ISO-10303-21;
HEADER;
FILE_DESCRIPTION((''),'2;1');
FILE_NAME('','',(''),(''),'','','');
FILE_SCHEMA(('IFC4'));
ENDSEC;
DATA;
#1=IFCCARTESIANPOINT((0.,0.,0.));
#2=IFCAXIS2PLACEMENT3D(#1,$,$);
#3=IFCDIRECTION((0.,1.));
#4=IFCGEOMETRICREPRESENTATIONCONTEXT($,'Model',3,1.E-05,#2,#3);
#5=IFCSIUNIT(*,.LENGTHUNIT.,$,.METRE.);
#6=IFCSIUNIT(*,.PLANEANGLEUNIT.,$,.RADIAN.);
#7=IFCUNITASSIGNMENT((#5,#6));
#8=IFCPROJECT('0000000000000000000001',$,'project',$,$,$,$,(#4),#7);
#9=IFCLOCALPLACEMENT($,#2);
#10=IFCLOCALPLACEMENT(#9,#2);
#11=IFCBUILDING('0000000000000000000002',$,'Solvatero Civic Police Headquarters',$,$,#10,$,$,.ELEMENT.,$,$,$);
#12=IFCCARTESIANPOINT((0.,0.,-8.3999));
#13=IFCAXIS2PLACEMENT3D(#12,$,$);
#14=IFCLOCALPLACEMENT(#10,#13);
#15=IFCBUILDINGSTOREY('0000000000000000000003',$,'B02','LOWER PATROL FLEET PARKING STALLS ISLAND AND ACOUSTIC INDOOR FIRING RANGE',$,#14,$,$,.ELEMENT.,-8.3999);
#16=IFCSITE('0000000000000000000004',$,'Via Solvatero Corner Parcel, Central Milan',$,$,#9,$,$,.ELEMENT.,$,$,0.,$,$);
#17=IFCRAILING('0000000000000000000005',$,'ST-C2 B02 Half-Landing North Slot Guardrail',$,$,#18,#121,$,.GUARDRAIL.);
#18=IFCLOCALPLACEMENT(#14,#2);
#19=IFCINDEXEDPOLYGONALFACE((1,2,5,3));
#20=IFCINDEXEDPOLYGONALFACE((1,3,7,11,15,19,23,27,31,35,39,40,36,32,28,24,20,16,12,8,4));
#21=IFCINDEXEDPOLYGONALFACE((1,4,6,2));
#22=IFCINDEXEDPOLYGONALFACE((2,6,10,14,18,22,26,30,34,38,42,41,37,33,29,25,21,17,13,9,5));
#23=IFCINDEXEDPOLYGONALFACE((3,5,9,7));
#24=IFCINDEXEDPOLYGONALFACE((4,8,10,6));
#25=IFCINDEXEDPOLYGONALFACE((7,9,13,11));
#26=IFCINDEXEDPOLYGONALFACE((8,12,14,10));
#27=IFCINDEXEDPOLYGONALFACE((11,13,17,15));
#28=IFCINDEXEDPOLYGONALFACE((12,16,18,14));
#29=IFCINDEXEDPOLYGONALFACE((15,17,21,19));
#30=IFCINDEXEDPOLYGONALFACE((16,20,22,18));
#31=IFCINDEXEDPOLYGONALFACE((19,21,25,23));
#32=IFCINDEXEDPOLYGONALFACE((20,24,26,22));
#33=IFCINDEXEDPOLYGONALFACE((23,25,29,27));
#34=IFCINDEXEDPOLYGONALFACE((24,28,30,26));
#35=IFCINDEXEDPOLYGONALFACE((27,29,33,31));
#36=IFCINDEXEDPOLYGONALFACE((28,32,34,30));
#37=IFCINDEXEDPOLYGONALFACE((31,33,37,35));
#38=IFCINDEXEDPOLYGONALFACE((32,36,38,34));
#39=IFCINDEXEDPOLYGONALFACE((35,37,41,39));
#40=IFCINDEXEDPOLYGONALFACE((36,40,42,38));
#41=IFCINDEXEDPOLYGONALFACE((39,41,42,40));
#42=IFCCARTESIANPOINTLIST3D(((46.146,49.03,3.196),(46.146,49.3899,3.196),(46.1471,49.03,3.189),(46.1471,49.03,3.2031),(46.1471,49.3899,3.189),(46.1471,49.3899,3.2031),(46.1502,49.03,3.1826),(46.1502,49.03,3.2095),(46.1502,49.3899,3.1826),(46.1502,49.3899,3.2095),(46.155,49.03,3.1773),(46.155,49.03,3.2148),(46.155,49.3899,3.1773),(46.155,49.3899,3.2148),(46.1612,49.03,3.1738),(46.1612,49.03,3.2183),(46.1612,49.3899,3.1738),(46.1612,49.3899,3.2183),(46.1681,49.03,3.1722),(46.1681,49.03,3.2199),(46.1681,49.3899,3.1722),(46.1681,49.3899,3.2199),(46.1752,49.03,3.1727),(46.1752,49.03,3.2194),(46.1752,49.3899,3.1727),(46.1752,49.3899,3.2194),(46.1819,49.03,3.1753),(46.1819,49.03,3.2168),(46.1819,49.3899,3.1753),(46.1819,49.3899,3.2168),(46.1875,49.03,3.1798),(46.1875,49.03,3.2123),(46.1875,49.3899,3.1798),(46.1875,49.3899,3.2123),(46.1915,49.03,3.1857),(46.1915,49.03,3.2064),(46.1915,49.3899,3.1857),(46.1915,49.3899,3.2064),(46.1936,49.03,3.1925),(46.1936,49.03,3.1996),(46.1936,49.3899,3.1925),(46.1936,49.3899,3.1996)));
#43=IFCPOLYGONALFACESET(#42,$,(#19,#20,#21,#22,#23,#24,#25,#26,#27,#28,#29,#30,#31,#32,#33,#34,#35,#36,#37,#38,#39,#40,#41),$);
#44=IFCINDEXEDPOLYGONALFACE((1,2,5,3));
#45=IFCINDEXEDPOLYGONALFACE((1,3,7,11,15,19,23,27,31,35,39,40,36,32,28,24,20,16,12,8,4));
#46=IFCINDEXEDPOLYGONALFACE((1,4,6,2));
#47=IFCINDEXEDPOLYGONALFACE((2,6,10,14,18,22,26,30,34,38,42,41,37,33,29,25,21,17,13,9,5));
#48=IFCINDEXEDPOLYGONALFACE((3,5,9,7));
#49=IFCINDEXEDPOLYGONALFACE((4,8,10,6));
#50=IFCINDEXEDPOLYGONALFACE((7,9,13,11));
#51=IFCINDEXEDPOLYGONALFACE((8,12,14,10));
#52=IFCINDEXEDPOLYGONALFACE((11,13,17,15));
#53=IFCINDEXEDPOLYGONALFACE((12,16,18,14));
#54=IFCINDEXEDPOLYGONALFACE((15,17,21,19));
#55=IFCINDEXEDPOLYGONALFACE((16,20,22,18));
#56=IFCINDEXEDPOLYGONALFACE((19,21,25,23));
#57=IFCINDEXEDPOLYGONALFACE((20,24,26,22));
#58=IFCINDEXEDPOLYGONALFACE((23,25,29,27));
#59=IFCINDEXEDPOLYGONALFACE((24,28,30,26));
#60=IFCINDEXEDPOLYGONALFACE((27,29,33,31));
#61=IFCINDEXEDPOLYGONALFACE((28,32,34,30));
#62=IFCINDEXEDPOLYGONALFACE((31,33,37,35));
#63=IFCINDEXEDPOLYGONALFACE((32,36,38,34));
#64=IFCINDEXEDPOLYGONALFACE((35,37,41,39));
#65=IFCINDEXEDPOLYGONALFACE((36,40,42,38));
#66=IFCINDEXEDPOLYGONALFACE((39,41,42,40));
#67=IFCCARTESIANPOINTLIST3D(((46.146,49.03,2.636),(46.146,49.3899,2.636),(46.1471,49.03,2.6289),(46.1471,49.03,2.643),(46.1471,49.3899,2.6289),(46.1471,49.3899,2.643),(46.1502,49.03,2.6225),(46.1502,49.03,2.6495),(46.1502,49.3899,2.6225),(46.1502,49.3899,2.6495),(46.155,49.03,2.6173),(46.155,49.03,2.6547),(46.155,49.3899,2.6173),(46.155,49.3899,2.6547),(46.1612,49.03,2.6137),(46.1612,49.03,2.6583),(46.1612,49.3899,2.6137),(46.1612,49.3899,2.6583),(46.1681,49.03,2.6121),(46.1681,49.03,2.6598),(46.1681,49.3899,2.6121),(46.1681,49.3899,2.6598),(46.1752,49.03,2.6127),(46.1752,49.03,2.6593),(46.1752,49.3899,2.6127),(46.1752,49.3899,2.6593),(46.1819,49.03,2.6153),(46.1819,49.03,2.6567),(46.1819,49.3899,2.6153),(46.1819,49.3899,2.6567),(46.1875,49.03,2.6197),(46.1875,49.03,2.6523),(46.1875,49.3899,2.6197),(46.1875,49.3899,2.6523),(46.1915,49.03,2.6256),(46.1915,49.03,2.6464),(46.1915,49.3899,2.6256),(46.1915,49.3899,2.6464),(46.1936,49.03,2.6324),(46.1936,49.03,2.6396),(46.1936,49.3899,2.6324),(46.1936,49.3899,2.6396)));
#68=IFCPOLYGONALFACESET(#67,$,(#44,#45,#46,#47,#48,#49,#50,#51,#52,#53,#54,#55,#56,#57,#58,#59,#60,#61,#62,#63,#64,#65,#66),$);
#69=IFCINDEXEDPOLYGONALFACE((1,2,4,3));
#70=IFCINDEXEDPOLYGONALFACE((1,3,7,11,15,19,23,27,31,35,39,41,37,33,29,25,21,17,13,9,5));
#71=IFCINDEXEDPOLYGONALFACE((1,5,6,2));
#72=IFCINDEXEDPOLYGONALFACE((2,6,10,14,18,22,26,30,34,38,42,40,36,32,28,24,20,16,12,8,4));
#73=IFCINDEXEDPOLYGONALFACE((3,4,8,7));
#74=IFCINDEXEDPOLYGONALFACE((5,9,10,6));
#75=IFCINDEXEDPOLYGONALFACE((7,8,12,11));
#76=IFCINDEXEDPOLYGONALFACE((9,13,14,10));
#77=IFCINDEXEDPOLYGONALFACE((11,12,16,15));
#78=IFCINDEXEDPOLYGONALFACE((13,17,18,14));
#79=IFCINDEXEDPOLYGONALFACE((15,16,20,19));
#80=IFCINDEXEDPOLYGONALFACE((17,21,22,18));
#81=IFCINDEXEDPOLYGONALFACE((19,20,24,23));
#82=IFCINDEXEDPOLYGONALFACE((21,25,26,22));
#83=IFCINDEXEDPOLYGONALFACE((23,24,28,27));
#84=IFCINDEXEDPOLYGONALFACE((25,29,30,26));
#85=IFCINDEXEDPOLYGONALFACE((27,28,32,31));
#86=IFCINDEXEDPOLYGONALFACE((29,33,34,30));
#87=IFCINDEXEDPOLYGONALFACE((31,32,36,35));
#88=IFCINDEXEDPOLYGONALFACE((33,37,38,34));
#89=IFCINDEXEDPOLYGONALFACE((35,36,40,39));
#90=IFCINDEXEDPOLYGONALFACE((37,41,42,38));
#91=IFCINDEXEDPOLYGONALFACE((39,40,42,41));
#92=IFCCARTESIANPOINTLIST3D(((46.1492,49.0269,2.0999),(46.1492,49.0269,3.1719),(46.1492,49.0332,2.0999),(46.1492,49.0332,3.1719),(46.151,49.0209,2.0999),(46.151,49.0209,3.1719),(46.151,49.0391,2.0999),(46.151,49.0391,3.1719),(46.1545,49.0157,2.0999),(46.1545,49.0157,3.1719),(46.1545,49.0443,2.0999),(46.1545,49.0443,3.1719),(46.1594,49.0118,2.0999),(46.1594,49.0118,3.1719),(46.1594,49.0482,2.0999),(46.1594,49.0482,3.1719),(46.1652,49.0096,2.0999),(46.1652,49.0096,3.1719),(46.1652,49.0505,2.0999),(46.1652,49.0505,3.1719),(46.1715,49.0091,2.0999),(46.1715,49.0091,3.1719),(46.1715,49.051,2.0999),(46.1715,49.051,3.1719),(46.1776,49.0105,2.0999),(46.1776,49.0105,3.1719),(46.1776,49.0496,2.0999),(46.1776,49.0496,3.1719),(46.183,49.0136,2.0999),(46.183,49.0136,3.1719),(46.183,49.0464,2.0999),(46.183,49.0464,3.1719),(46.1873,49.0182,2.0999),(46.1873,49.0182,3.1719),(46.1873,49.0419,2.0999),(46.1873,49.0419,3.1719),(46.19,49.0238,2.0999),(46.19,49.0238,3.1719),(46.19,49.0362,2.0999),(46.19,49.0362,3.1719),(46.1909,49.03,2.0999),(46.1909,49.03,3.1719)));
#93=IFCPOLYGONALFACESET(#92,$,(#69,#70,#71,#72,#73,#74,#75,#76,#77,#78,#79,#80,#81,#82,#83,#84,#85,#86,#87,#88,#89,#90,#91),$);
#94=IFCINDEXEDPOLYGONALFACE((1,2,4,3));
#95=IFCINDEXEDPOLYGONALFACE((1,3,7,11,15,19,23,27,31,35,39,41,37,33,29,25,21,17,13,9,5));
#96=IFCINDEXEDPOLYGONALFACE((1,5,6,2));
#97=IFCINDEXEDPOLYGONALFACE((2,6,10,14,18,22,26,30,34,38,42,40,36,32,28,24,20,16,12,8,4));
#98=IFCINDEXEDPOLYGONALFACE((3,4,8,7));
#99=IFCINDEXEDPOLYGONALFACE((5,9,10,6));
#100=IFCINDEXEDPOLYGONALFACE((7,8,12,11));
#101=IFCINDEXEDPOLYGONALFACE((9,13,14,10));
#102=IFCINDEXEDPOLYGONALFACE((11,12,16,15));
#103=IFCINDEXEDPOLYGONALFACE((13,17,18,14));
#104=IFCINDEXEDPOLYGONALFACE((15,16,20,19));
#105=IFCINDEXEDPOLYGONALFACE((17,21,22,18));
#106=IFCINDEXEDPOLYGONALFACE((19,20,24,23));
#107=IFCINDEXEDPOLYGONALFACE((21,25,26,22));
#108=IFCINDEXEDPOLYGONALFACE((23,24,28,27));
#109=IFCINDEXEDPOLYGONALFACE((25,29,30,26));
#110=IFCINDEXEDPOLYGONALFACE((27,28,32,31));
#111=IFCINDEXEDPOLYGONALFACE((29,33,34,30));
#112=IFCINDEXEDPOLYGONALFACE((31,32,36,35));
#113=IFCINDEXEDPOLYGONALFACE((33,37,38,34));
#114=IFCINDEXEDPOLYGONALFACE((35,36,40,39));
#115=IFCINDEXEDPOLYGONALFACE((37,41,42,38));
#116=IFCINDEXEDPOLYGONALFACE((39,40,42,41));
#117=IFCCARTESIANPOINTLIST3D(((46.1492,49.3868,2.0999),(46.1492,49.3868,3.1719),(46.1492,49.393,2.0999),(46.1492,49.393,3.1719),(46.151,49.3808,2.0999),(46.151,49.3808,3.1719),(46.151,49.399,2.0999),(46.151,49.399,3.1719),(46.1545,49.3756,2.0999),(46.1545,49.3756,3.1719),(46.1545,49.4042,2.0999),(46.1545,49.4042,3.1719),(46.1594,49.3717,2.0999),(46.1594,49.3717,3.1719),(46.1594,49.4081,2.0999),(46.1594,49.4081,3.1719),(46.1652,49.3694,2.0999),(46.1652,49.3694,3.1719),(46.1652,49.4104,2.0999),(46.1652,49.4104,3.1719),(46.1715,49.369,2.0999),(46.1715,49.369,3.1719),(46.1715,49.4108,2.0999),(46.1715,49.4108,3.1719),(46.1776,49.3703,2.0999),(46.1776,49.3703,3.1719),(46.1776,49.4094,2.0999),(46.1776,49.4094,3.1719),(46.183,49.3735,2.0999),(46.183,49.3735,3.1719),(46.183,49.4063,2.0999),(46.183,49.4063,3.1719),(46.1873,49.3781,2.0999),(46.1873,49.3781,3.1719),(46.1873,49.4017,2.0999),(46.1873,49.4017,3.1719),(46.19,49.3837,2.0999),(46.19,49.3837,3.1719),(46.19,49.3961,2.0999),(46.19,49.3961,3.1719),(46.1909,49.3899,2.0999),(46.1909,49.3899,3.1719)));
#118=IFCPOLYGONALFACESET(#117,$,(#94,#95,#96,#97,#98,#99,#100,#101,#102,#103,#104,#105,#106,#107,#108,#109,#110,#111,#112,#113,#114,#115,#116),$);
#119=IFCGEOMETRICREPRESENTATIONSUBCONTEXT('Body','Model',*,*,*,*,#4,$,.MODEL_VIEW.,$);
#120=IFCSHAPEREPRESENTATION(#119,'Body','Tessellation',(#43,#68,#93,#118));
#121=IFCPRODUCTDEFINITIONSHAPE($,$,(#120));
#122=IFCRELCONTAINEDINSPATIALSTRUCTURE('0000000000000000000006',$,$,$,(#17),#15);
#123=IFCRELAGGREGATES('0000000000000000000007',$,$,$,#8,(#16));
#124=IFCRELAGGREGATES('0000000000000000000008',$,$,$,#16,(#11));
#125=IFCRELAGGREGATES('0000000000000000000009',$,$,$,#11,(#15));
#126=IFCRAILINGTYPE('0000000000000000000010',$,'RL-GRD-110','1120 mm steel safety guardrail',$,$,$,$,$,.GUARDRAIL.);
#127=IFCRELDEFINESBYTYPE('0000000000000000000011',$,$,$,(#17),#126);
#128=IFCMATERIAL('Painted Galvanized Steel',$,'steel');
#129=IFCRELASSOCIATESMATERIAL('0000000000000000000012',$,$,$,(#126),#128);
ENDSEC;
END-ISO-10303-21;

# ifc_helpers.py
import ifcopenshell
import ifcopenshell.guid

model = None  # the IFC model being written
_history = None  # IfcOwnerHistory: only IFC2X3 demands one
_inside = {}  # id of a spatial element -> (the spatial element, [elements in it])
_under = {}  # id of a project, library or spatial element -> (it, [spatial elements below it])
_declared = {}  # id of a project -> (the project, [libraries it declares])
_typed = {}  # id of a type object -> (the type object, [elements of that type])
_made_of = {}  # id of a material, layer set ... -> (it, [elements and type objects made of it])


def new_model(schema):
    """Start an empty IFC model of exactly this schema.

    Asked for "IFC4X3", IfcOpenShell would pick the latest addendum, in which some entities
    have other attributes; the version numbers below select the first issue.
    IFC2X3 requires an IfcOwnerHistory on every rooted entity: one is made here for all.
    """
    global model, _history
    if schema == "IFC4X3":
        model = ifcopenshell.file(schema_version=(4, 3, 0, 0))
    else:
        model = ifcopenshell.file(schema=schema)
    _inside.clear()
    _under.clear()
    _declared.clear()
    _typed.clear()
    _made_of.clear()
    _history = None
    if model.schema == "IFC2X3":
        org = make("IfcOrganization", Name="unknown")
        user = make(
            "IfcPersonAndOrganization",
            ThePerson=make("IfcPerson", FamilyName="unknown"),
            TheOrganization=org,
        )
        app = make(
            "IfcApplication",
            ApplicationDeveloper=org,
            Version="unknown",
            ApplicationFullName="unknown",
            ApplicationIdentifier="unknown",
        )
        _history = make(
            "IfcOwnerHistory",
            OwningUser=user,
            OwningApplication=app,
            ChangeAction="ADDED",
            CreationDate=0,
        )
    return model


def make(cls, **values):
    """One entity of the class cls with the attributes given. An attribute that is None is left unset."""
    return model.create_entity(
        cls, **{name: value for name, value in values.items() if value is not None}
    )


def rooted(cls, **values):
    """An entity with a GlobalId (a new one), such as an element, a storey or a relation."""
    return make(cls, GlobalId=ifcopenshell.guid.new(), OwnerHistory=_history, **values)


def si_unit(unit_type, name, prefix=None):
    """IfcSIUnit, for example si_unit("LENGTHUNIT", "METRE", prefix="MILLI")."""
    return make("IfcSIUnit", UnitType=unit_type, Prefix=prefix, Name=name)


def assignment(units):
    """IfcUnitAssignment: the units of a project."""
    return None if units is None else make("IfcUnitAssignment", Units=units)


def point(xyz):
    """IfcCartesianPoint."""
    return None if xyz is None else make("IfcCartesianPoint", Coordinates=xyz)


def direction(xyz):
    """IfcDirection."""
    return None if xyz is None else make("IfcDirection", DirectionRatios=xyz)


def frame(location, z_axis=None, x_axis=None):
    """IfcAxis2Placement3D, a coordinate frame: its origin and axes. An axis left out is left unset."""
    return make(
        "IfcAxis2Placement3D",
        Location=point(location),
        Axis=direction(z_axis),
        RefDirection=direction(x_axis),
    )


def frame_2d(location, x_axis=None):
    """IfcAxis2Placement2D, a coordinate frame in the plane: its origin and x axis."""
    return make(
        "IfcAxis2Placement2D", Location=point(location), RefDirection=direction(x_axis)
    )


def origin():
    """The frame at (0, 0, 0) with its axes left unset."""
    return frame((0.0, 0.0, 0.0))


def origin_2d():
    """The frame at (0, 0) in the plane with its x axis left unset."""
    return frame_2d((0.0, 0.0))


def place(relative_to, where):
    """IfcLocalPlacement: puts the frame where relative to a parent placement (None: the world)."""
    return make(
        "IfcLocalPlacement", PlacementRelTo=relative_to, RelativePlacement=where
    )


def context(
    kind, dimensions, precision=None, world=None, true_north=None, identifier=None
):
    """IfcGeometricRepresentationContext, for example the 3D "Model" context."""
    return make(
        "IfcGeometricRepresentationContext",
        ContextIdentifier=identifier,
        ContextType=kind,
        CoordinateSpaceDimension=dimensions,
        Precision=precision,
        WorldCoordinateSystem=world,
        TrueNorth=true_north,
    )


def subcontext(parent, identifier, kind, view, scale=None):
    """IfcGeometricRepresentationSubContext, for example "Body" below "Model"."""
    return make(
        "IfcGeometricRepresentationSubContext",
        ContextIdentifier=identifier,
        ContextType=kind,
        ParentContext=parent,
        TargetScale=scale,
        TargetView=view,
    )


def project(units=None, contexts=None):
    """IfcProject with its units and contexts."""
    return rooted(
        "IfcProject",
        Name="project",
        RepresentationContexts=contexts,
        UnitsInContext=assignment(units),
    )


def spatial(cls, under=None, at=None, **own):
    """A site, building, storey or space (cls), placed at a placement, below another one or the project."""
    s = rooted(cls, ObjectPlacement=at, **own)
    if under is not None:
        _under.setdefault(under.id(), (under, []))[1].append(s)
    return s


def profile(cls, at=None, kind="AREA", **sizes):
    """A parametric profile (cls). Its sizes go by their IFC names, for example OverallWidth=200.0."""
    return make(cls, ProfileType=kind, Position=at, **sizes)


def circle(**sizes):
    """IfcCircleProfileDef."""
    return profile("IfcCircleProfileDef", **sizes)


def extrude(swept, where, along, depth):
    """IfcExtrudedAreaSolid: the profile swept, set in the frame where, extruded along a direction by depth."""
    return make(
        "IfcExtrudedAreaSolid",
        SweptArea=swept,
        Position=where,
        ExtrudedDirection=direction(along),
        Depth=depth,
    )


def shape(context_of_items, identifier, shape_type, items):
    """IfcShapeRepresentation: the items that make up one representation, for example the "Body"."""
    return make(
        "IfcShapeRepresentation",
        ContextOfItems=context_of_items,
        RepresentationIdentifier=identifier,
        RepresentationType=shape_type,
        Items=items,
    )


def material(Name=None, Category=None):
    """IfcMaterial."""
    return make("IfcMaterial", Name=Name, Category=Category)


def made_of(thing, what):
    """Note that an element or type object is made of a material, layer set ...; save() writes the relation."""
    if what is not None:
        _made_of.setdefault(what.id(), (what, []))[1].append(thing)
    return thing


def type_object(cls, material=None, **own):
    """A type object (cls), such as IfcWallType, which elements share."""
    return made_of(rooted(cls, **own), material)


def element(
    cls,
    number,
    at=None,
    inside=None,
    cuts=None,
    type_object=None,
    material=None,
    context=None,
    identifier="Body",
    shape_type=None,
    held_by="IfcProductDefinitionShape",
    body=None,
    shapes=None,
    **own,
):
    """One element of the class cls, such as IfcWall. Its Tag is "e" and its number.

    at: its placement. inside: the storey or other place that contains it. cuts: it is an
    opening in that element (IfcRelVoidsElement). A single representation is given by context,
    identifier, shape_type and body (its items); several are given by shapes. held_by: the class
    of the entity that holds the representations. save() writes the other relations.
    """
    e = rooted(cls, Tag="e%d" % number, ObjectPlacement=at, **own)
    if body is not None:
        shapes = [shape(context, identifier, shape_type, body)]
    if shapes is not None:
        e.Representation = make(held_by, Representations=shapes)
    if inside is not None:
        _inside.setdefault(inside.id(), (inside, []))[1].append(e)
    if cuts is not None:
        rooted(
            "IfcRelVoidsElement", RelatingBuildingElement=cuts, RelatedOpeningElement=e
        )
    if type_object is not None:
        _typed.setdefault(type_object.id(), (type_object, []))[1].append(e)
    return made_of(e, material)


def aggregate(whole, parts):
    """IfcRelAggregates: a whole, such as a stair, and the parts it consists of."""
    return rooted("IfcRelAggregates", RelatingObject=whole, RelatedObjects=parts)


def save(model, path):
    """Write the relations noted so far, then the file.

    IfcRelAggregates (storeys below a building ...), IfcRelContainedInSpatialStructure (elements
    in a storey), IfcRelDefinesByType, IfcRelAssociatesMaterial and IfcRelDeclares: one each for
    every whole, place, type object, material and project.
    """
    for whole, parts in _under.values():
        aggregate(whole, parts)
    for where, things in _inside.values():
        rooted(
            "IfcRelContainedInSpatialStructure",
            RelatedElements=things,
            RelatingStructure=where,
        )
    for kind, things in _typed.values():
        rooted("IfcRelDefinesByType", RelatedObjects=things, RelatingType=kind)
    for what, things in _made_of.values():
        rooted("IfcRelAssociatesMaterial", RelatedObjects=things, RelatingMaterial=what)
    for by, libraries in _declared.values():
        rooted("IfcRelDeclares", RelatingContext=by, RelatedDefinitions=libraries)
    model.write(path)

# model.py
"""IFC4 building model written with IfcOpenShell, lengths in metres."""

from ifc_helpers import new_model, si_unit, direction, frame, origin, origin_2d, place, context, subcontext, project, spatial, circle, extrude, material, type_object, element, save


model = new_model("IFC4")

# Units and contexts
model_context = context("Model", 3, precision=1e-05, world=origin(), true_north=direction((0.0, 1.0)))
body_context = subcontext(model_context, "Body", "Model", "MODEL_VIEW")
ifc_project = project(units=[si_unit("LENGTHUNIT", "METRE"), si_unit("PLANEANGLEUNIT", "RADIAN")], contexts=[model_context])

# Site, building, storey
site_placement = place(None, origin())
site = spatial("IfcSite", under=ifc_project, at=site_placement, Name="Via Solvatero Corner Parcel, Central Milan", CompositionType="ELEMENT", RefElevation=0.0)
building_placement = place(site_placement, origin())
building = spatial("IfcBuilding", under=site, at=building_placement, Name="Solvatero Civic Police Headquarters", CompositionType="ELEMENT")
storey_placement = place(building_placement, frame((0.0, 0.0, -8.3999)))
storey = spatial("IfcBuildingStorey", under=building, at=storey_placement, Name="B02", Description="LOWER PATROL FLEET PARKING STALLS ISLAND AND ACOUSTIC INDOOR FIRING RANGE", CompositionType="ELEMENT", Elevation=-8.3999)

# Railing
ifc_material_1 = material(Name="Painted Galvanized Steel", Category="steel")
railing_type_1 = type_object("IfcRailingType", Name="RL-GRD-110", Description="1120 mm steel safety guardrail", PredefinedType="GUARDRAIL", material=ifc_material_1)
for number, where, name in (
    (1, (46.1699, 49.03, 2.0999), "ST-C2 B02 Half-Landing North Slot Guardrail"),
):
    element("IfcRailing", number, at=place(storey_placement, frame(where)), inside=storey, type_object=railing_type_1, Name=name, PredefinedType="GUARDRAIL", context=body_context, shape_type="SweptSolid", body=[
        extrude(circle(Radius=0.0239, at=origin_2d()), frame((0.0, 0.0, 1.0962), z_axis=(0.0, 1.0, 0.0), x_axis=(-1.0, 0.0, 0.0)), (0.0, 0.0, 1.0), 0.3599),
        extrude(circle(Radius=0.0239, at=origin_2d()), frame((0.0, 0.0, 0.5361), z_axis=(0.0, 1.0, 0.0), x_axis=(-1.0, 0.0, 0.0)), (0.0, 0.0, 1.0), 0.3599),
        extrude(circle(Radius=0.021, at=origin_2d()), origin(), (0.0, 0.0, 1.0), 1.072),
        extrude(circle(Radius=0.021, at=origin_2d()), frame((0.0, 0.3599, 0.0)), (0.0, 0.0, 1.0), 1.072),
    ])

save(model, "model.ifc")
